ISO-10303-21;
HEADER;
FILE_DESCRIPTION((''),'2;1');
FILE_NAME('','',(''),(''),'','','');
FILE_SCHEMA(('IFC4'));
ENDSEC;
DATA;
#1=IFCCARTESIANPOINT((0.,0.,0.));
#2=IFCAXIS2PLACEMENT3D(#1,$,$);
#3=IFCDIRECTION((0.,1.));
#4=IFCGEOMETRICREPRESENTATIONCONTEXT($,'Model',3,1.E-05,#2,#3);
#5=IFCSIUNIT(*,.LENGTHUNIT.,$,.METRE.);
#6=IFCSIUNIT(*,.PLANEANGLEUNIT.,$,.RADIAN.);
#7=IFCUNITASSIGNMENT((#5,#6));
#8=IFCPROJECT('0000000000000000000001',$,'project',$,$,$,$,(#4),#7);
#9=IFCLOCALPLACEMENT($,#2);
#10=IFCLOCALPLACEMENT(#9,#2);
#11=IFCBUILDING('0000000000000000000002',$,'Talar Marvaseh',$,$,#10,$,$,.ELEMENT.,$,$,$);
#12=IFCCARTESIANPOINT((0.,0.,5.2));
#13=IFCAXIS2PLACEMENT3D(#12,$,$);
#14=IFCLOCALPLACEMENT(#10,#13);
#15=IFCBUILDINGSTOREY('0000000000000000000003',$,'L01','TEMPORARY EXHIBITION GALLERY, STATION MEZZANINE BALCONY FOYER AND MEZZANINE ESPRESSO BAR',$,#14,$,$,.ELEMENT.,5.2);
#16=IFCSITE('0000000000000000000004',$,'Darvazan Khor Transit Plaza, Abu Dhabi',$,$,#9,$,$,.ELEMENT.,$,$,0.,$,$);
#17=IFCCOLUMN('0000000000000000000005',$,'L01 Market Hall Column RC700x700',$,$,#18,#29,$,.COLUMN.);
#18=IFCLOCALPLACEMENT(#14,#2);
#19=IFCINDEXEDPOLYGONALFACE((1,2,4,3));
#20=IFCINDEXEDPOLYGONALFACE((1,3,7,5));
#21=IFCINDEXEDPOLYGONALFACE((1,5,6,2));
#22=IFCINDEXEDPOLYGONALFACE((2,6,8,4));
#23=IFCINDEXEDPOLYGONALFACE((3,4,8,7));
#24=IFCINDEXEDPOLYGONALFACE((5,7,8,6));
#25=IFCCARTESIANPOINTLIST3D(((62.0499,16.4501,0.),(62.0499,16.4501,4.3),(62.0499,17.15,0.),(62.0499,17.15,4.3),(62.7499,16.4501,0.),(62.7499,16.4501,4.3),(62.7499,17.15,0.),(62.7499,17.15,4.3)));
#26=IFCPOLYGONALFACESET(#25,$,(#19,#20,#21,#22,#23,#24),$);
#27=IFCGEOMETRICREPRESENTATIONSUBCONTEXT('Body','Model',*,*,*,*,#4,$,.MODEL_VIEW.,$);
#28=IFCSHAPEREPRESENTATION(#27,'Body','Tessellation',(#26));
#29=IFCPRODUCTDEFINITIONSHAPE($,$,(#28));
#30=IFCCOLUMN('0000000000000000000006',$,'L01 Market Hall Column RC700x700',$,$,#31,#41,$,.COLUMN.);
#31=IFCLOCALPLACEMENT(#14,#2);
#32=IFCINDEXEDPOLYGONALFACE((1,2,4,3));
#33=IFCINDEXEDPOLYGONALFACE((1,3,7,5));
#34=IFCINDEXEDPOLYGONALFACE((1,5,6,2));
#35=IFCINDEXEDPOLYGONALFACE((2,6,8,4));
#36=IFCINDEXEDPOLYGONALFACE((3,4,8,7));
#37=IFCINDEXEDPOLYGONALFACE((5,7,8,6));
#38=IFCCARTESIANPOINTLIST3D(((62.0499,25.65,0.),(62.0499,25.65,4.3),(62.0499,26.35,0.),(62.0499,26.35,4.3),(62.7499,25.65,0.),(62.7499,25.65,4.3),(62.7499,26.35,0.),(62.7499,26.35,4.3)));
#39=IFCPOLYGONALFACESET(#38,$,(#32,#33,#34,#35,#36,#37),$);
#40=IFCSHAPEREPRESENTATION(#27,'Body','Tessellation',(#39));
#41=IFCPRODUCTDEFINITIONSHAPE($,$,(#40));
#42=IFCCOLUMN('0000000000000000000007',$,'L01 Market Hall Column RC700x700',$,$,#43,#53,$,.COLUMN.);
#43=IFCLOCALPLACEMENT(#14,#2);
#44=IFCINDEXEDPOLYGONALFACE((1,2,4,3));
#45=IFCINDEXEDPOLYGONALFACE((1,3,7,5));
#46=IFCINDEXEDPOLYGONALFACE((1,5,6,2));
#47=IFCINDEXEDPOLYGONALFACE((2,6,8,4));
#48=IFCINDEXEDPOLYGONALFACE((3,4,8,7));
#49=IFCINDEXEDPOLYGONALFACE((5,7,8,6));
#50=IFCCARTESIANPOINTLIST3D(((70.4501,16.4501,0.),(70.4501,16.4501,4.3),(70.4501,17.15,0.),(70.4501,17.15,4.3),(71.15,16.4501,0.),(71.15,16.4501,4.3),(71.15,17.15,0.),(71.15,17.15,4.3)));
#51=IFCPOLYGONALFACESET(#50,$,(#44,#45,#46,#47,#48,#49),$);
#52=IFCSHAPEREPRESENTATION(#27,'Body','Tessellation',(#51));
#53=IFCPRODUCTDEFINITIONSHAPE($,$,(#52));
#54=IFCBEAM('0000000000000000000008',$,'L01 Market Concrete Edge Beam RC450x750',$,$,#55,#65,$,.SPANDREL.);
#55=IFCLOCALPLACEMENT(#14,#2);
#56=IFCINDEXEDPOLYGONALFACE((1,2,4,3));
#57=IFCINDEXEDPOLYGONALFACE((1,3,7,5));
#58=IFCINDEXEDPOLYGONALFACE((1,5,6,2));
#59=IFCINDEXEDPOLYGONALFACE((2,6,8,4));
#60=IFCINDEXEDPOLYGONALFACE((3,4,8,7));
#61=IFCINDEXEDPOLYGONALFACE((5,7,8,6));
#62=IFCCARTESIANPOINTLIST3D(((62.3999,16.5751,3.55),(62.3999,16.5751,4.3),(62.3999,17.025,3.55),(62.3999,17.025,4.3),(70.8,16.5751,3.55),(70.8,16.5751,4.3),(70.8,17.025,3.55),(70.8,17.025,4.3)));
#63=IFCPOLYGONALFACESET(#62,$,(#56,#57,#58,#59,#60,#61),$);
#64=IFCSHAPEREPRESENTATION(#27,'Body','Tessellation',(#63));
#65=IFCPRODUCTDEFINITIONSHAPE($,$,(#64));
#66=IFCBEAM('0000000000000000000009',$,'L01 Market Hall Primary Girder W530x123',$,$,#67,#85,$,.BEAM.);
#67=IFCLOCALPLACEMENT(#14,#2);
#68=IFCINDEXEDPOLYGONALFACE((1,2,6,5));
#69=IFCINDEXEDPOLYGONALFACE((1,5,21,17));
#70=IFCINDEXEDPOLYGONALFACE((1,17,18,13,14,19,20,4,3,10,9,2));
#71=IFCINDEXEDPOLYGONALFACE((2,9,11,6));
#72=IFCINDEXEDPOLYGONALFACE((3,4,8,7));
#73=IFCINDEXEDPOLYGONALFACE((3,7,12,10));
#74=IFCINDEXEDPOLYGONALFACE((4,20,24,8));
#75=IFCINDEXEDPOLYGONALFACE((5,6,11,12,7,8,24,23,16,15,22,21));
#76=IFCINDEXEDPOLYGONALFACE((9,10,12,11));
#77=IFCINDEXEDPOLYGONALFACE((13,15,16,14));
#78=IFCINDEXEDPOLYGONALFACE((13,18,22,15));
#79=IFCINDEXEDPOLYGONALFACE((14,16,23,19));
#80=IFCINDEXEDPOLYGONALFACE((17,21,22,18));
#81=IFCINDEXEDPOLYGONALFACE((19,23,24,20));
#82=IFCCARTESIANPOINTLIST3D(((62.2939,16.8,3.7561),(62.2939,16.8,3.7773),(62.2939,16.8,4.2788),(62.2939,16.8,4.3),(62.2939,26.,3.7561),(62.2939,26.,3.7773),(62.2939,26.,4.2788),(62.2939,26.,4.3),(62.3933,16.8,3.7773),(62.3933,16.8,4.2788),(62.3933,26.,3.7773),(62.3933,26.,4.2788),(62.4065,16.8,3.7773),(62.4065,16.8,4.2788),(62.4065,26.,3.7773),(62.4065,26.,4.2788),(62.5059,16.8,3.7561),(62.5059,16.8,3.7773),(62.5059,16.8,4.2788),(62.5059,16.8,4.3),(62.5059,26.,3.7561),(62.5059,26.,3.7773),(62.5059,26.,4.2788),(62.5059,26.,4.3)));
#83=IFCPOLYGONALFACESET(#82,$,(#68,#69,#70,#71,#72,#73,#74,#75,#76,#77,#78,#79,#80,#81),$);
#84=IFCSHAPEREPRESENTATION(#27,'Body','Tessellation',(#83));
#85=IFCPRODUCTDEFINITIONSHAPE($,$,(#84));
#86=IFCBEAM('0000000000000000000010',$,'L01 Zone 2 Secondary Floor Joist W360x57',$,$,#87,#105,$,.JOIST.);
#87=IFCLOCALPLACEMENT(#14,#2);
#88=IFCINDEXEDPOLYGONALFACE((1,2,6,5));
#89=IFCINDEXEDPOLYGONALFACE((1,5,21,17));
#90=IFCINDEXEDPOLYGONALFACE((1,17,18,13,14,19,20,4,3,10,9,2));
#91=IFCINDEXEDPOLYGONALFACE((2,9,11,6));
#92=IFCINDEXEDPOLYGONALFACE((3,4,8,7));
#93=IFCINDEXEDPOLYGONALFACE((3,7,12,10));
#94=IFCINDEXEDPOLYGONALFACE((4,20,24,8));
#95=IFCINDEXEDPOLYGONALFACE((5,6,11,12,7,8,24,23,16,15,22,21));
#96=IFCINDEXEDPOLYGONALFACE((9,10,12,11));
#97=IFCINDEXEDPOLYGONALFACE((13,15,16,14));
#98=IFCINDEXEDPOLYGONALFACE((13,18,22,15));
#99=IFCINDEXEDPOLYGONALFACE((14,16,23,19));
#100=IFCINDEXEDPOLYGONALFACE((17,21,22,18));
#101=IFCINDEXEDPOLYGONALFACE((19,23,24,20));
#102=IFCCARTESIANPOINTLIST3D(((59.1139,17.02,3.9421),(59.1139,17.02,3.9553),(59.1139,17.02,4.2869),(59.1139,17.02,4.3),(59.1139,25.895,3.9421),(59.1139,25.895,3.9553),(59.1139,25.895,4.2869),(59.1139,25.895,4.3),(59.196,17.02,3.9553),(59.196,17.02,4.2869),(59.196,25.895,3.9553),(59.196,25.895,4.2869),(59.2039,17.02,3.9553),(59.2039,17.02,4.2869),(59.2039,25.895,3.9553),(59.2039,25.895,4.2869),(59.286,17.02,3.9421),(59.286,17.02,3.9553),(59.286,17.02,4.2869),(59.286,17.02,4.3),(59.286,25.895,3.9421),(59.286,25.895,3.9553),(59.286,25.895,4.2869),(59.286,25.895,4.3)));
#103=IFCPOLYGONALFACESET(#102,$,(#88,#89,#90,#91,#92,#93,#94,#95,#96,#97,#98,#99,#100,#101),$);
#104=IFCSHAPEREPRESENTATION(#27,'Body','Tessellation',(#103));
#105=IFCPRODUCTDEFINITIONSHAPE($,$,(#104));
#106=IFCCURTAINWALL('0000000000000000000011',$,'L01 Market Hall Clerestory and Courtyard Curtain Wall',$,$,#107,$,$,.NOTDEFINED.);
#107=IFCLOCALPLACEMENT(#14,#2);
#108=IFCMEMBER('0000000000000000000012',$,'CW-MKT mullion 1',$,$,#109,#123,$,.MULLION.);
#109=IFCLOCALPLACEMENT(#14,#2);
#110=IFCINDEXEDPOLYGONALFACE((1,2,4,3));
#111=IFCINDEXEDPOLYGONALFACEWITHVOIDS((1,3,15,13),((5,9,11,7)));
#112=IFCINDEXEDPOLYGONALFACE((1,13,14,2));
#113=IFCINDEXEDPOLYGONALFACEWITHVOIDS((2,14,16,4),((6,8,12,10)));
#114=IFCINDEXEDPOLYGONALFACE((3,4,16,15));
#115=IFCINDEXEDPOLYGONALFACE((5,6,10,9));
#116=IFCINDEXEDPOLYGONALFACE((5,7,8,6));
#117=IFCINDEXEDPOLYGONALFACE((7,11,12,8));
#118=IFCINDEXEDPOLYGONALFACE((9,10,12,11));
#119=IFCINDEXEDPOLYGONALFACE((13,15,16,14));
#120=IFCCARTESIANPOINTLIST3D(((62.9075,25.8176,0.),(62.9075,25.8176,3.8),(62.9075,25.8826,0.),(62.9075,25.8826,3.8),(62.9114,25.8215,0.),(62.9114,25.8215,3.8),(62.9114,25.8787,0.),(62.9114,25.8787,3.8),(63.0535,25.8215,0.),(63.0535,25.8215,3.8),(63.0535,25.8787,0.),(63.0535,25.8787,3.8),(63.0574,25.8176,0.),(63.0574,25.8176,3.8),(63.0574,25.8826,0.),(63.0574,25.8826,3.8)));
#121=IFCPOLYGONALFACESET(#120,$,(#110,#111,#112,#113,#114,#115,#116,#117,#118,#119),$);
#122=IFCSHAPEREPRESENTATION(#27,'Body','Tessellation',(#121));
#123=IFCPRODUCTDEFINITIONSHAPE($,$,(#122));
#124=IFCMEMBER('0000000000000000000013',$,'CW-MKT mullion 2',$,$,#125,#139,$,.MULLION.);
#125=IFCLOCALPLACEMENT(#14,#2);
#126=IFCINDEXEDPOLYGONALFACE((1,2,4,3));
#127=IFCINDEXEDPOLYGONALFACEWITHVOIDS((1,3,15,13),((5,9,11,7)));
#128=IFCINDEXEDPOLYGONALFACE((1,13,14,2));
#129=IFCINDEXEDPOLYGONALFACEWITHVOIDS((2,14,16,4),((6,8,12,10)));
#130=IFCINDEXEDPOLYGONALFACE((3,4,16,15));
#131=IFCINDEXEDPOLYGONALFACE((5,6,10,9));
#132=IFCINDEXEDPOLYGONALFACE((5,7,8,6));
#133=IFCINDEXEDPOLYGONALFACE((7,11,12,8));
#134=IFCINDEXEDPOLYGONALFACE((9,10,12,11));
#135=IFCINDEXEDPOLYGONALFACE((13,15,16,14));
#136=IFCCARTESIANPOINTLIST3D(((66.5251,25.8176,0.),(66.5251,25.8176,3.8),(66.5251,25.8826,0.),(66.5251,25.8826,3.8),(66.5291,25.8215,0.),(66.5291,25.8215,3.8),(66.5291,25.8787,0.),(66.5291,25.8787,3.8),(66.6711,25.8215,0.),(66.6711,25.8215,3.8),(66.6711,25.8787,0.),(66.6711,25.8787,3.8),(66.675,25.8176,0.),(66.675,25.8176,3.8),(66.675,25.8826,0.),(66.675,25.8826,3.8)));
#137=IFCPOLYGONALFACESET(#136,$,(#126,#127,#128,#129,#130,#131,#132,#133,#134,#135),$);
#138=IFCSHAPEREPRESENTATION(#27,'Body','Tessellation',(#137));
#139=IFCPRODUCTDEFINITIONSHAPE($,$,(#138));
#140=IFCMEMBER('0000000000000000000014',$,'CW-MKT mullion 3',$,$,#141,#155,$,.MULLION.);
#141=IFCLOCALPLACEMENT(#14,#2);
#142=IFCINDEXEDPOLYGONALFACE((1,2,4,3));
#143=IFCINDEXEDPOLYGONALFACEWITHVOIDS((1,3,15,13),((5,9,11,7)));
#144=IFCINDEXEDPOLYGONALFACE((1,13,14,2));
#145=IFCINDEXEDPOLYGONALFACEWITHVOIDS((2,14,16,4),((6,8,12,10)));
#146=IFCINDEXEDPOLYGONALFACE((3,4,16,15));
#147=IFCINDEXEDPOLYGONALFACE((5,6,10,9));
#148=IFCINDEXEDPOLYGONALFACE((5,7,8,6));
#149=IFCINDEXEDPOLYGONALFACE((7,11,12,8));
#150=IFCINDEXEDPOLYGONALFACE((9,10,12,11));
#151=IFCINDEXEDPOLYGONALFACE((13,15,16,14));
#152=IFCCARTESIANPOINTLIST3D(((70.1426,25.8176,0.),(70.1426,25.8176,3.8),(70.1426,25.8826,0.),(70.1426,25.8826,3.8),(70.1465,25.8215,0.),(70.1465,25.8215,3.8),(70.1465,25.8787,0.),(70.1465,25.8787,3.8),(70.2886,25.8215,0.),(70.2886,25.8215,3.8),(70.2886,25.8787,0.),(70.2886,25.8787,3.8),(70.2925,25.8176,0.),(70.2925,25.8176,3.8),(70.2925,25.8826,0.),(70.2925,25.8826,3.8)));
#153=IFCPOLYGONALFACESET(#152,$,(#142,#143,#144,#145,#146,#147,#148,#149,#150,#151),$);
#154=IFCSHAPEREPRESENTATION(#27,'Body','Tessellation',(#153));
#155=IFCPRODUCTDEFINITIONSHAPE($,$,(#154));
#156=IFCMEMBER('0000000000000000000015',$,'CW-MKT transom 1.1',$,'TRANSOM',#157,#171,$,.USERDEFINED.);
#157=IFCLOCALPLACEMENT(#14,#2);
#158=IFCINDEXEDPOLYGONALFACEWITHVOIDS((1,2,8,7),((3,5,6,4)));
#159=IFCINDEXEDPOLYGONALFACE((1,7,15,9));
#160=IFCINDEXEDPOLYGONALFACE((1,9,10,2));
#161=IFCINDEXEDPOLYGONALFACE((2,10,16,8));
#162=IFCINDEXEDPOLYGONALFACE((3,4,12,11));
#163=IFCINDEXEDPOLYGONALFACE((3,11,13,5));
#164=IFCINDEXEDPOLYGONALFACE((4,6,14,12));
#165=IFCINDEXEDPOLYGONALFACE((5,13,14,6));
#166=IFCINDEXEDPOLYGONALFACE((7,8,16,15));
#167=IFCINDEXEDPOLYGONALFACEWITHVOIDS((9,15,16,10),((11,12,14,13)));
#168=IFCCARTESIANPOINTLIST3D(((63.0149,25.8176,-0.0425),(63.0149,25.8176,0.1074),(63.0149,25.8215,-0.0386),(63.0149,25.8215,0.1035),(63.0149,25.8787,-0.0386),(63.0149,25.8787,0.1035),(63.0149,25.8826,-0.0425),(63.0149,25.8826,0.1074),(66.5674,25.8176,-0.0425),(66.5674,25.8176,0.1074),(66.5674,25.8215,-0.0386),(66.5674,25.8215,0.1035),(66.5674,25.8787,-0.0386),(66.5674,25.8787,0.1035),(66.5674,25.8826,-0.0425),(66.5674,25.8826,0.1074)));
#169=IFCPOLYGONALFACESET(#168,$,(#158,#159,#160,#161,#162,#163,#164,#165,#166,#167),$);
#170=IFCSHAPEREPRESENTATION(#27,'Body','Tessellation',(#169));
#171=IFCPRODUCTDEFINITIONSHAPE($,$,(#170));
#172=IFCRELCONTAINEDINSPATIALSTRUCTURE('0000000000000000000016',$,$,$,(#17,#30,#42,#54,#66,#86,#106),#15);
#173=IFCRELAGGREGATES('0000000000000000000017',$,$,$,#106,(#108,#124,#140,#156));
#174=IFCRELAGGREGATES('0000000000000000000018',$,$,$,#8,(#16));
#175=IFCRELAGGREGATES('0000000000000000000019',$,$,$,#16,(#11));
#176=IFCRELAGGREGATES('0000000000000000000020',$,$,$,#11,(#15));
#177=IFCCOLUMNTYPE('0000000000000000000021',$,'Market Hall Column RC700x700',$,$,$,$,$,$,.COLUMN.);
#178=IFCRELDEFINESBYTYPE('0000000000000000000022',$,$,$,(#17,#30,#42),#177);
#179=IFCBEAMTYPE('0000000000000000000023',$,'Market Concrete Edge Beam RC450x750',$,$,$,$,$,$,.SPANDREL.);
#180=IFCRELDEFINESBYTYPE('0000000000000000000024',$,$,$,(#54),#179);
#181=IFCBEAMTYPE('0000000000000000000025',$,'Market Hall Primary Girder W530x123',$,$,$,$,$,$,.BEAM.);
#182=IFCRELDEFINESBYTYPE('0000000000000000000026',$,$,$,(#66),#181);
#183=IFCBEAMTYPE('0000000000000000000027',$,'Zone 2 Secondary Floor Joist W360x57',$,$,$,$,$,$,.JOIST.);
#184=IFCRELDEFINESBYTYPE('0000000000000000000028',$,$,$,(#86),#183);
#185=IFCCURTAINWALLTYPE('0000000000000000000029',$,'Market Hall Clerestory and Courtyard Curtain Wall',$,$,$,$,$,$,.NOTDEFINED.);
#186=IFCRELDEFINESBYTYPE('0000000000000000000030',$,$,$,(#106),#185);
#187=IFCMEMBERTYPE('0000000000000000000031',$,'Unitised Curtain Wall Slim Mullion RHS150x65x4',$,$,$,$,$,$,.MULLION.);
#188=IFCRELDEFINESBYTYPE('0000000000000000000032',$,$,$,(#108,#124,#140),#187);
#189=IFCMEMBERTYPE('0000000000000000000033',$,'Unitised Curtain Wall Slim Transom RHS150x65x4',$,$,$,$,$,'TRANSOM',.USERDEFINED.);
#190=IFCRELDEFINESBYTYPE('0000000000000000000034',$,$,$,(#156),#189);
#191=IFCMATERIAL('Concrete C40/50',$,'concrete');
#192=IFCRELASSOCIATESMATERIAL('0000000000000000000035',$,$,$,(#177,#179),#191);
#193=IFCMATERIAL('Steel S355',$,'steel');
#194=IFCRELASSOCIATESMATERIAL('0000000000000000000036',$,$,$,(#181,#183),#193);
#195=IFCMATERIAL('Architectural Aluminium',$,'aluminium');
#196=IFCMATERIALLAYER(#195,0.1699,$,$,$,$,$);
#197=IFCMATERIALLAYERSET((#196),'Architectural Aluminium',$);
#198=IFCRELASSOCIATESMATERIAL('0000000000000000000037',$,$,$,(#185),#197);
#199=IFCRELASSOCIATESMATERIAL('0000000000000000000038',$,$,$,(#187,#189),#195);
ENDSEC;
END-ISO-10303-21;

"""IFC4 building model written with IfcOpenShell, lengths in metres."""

from ifc_helpers import new_model, si_unit, direction, frame, origin, origin_2d, place, context, subcontext, project, spatial, rectangle, hollow_rectangle, i_section, extrude, source, transform, mapped, material, layer, layer_set, material_profile, profile_set, type_object, type_shapes, element, aggregate, save


model = new_model("IFC4")

# Units and contexts
model_context = context("Model", 3, precision=1e-05, world=origin(), true_north=direction((0.0, 1.0)))
body_context = subcontext(model_context, "Body", "Model", "MODEL_VIEW")
ifc_project = project(units=[si_unit("LENGTHUNIT", "METRE"), si_unit("PLANEANGLEUNIT", "RADIAN")], contexts=[model_context])

# Site, building, storey
site_placement = place(None, origin())
site = spatial("IfcSite", under=ifc_project, at=site_placement, Name="Darvazan Khor Transit Plaza, Abu Dhabi", CompositionType="ELEMENT", RefElevation=0.0)
building_placement = place(site_placement, origin())
building = spatial("IfcBuilding", under=site, at=building_placement, Name="Talar Marvaseh", CompositionType="ELEMENT")
storey_placement = place(building_placement, frame((0.0, 0.0, 5.2)))
storey = spatial("IfcBuildingStorey", under=building, at=storey_placement, Name="L01", Description="TEMPORARY EXHIBITION GALLERY, STATION MEZZANINE BALCONY FOYER AND MEZZANINE ESPRESSO BAR", CompositionType="ELEMENT", Elevation=5.2)

# Columns
ifc_material_1 = material(Name="Concrete C40/50", Category="concrete")
ifc_material_profile_1 = material_profile(ifc_material_1, rectangle(XDim=0.7, YDim=0.7, at=origin_2d()), Name="RC700x700")
ifc_profile_set_1 = profile_set([ifc_material_profile_1], Name="Concrete C40/50")
column_type = type_object("IfcColumnType", Name="Market Hall Column RC700x700", PredefinedType="COLUMN", material=ifc_profile_set_1)
for number, where, z_axis, x_axis, name in (
    (1, (62.3999, 16.8, 0.0), (0.0, 0.0, 1.0), (1.0, 0.0, 0.0), "L01 Market Hall Column RC700x700"),
    (2, (62.3999, 26.0, 0.0), (0.0, 0.0, 1.0), (1.0, 0.0, 0.0), "L01 Market Hall Column RC700x700"),
    (3, (70.8, 16.8, 0.0), (0.0, 0.0, 1.0), (1.0, 0.0, 0.0), "L01 Market Hall Column RC700x700"),
):
    element("IfcColumn", number, at=place(storey_placement, frame(where, z_axis=z_axis, x_axis=x_axis)), inside=storey, type_object=column_type, Name=name, PredefinedType="COLUMN", context=body_context, shape_type="SweptSolid", body=[
        extrude(rectangle(XDim=0.7, YDim=0.7, at=origin_2d()), origin(), (0.0, 0.0, 1.0), 4.3),
    ])

# Beams
ifc_material_profile_2 = material_profile(ifc_material_1, rectangle(XDim=0.45, YDim=0.75, at=origin_2d()), Name="RC450x750")
ifc_profile_set_2 = profile_set([ifc_material_profile_2], Name="Concrete C40/50")
beam_type_1 = type_object("IfcBeamType", Name="Market Concrete Edge Beam RC450x750", PredefinedType="SPANDREL", material=ifc_profile_set_2)
beam_1_placement = place(storey_placement, frame((62.3999, 16.8, 3.925), z_axis=(1.0, 0.0, 0.0), x_axis=(0.0, 1.0, 0.0)))
element("IfcBeam", 4, at=beam_1_placement, inside=storey, type_object=beam_type_1, Name="L01 Market Concrete Edge Beam RC450x750", PredefinedType="SPANDREL", context=body_context, shape_type="SweptSolid", body=[
    extrude(rectangle(XDim=0.45, YDim=0.75, at=origin_2d()), origin(), (0.0, 0.0, 1.0), 8.4001),
])
ifc_material_2 = material(Name="Steel S355", Category="steel")
ifc_material_profile_3 = material_profile(ifc_material_2, i_section(OverallWidth=0.2119, OverallDepth=0.5439, WebThickness=0.0132, FlangeThickness=0.0212, at=origin_2d()), Name="W530x123")
ifc_profile_set_3 = profile_set([ifc_material_profile_3], Name="Steel S355")
beam_type_2 = type_object("IfcBeamType", Name="Market Hall Primary Girder W530x123", PredefinedType="BEAM", material=ifc_profile_set_3)
beam_2_placement = place(storey_placement, frame((62.3999, 16.8, 4.0281), z_axis=(0.0, 1.0, 0.0), x_axis=(-1.0, 0.0, 0.0)))
element("IfcBeam", 5, at=beam_2_placement, inside=storey, type_object=beam_type_2, Name="L01 Market Hall Primary Girder W530x123", PredefinedType="BEAM", context=body_context, shape_type="SweptSolid", body=[
    extrude(i_section(OverallWidth=0.2119, OverallDepth=0.5439, WebThickness=0.0132, FlangeThickness=0.0212, at=origin_2d()), origin(), (0.0, 0.0, 1.0), 9.2),
])
ifc_material_profile_4 = material_profile(ifc_material_2, i_section(OverallWidth=0.1721, OverallDepth=0.3579, WebThickness=0.0078, FlangeThickness=0.0132, at=origin_2d()), Name="W360x57")
ifc_profile_set_4 = profile_set([ifc_material_profile_4], Name="Steel S355")
beam_type_3 = type_object("IfcBeamType", Name="Zone 2 Secondary Floor Joist W360x57", PredefinedType="JOIST", material=ifc_profile_set_4)
beam_3_placement = place(storey_placement, frame((59.2, 17.02, 4.1211), z_axis=(0.0, 1.0, 0.0), x_axis=(-1.0, 0.0, 0.0)))
element("IfcBeam", 6, at=beam_3_placement, inside=storey, type_object=beam_type_3, Name="L01 Zone 2 Secondary Floor Joist W360x57", PredefinedType="JOIST", context=body_context, shape_type="SweptSolid", body=[
    extrude(i_section(OverallWidth=0.1721, OverallDepth=0.3579, WebThickness=0.0078, FlangeThickness=0.0132, at=origin_2d()), origin(), (0.0, 0.0, 1.0), 8.875),
])

# Curtain wall, members
ifc_material_3 = material(Name="Architectural Aluminium", Category="aluminium")
ifc_layer_1 = layer(ifc_material_3, 0.1699)
ifc_layer_set_1 = layer_set([ifc_layer_1], Name="Architectural Aluminium")
curtain_wall_type = type_object("IfcCurtainWallType", Name="Market Hall Clerestory and Courtyard Curtain Wall", PredefinedType="NOTDEFINED", material=ifc_layer_set_1)
curtain_wall_placement = place(storey_placement, origin())
curtain_wall = element("IfcCurtainWall", 7, at=curtain_wall_placement, inside=storey, type_object=curtain_wall_type, Name="L01 Market Hall Clerestory and Courtyard Curtain Wall", PredefinedType="NOTDEFINED")
ifc_material_profile_5 = material_profile(ifc_material_3, hollow_rectangle(XDim=0.0649, YDim=0.1499, WallThickness=0.0039, at=origin_2d()), Name="RHS150x65x4")
ifc_profile_set_5 = profile_set([ifc_material_profile_5], Name="Architectural Aluminium")
member_type_1 = type_object("IfcMemberType", Name="Unitised Curtain Wall Slim Mullion RHS150x65x4", PredefinedType="MULLION", material=ifc_profile_set_5)
shared_shape_1 = source(origin(), body_context, "Body", "SweptSolid", [
    extrude(hollow_rectangle(XDim=0.0649, YDim=0.1499, WallThickness=0.0039, at=origin_2d()), origin(), (0.0, 0.0, 1.0), 3.8),
])
type_shapes(member_type_1, [shared_shape_1])
member_1_placement = place(storey_placement, frame((62.9824, 25.8501, 0.0), z_axis=(0.0, 0.0, 1.0), x_axis=(0.0, 1.0, 0.0)))
member_1 = element("IfcMember", 8, at=member_1_placement, type_object=member_type_1, Name="CW-MKT mullion 1", PredefinedType="MULLION", context=body_context, shape_type="MappedRepresentation", body=[
    mapped(shared_shape_1, transform((0.0, 0.0, 0.0), x_axis=(1.0, 0.0, 0.0), y_axis=(0.0, 1.0, 0.0), z_axis=(0.0, 0.0, 1.0), scale=1.0)),
])
member_2_placement = place(storey_placement, frame((66.6001, 25.8501, 0.0), z_axis=(0.0, 0.0, 1.0), x_axis=(0.0, 1.0, 0.0)))
member_2 = element("IfcMember", 9, at=member_2_placement, type_object=member_type_1, Name="CW-MKT mullion 2", PredefinedType="MULLION", context=body_context, shape_type="MappedRepresentation", body=[
    mapped(shared_shape_1, transform((0.0, 0.0, 0.0), x_axis=(1.0, 0.0, 0.0), y_axis=(0.0, 1.0, 0.0), z_axis=(0.0, 0.0, 1.0), scale=1.0)),
])
member_3_placement = place(storey_placement, frame((70.2175, 25.8501, 0.0), z_axis=(0.0, 0.0, 1.0), x_axis=(0.0, 1.0, 0.0)))
member_3 = element("IfcMember", 10, at=member_3_placement, type_object=member_type_1, Name="CW-MKT mullion 3", PredefinedType="MULLION", context=body_context, shape_type="MappedRepresentation", body=[
    mapped(shared_shape_1, transform((0.0, 0.0, 0.0), x_axis=(1.0, 0.0, 0.0), y_axis=(0.0, 1.0, 0.0), z_axis=(0.0, 0.0, 1.0), scale=1.0)),
])
ifc_material_profile_6 = material_profile(ifc_material_3, hollow_rectangle(XDim=0.0649, YDim=0.1499, WallThickness=0.0039, at=origin_2d()), Name="RHS150x65x4")
ifc_profile_set_6 = profile_set([ifc_material_profile_6], Name="Architectural Aluminium")
member_type_2 = type_object("IfcMemberType", Name="Unitised Curtain Wall Slim Transom RHS150x65x4", ElementType="TRANSOM", PredefinedType="USERDEFINED", material=ifc_profile_set_6)
shared_shape_2 = source(origin(), body_context, "Body", "SweptSolid", [
    extrude(hollow_rectangle(XDim=0.0649, YDim=0.1499, WallThickness=0.0039, at=origin_2d()), origin(), (0.0, 0.0, 1.0), 3.5525),
])
type_shapes(member_type_2, [shared_shape_2])
member_4_placement = place(storey_placement, frame((63.0149, 25.8501, 0.0325), z_axis=(1.0, 0.0, 0.0), x_axis=(0.0, 1.0, 0.0)))
member_4 = element("IfcMember", 11, at=member_4_placement, type_object=member_type_2, Name="CW-MKT transom 1.1", ObjectType="TRANSOM", PredefinedType="USERDEFINED", context=body_context, shape_type="MappedRepresentation", body=[
    mapped(shared_shape_2, transform((0.0, 0.0, 0.0), x_axis=(1.0, 0.0, 0.0), y_axis=(0.0, 1.0, 0.0), z_axis=(0.0, 0.0, 1.0), scale=1.0)),
])
aggregate(curtain_wall, [member_1, member_2, member_3, member_4])

save(model, "model.ifc")
